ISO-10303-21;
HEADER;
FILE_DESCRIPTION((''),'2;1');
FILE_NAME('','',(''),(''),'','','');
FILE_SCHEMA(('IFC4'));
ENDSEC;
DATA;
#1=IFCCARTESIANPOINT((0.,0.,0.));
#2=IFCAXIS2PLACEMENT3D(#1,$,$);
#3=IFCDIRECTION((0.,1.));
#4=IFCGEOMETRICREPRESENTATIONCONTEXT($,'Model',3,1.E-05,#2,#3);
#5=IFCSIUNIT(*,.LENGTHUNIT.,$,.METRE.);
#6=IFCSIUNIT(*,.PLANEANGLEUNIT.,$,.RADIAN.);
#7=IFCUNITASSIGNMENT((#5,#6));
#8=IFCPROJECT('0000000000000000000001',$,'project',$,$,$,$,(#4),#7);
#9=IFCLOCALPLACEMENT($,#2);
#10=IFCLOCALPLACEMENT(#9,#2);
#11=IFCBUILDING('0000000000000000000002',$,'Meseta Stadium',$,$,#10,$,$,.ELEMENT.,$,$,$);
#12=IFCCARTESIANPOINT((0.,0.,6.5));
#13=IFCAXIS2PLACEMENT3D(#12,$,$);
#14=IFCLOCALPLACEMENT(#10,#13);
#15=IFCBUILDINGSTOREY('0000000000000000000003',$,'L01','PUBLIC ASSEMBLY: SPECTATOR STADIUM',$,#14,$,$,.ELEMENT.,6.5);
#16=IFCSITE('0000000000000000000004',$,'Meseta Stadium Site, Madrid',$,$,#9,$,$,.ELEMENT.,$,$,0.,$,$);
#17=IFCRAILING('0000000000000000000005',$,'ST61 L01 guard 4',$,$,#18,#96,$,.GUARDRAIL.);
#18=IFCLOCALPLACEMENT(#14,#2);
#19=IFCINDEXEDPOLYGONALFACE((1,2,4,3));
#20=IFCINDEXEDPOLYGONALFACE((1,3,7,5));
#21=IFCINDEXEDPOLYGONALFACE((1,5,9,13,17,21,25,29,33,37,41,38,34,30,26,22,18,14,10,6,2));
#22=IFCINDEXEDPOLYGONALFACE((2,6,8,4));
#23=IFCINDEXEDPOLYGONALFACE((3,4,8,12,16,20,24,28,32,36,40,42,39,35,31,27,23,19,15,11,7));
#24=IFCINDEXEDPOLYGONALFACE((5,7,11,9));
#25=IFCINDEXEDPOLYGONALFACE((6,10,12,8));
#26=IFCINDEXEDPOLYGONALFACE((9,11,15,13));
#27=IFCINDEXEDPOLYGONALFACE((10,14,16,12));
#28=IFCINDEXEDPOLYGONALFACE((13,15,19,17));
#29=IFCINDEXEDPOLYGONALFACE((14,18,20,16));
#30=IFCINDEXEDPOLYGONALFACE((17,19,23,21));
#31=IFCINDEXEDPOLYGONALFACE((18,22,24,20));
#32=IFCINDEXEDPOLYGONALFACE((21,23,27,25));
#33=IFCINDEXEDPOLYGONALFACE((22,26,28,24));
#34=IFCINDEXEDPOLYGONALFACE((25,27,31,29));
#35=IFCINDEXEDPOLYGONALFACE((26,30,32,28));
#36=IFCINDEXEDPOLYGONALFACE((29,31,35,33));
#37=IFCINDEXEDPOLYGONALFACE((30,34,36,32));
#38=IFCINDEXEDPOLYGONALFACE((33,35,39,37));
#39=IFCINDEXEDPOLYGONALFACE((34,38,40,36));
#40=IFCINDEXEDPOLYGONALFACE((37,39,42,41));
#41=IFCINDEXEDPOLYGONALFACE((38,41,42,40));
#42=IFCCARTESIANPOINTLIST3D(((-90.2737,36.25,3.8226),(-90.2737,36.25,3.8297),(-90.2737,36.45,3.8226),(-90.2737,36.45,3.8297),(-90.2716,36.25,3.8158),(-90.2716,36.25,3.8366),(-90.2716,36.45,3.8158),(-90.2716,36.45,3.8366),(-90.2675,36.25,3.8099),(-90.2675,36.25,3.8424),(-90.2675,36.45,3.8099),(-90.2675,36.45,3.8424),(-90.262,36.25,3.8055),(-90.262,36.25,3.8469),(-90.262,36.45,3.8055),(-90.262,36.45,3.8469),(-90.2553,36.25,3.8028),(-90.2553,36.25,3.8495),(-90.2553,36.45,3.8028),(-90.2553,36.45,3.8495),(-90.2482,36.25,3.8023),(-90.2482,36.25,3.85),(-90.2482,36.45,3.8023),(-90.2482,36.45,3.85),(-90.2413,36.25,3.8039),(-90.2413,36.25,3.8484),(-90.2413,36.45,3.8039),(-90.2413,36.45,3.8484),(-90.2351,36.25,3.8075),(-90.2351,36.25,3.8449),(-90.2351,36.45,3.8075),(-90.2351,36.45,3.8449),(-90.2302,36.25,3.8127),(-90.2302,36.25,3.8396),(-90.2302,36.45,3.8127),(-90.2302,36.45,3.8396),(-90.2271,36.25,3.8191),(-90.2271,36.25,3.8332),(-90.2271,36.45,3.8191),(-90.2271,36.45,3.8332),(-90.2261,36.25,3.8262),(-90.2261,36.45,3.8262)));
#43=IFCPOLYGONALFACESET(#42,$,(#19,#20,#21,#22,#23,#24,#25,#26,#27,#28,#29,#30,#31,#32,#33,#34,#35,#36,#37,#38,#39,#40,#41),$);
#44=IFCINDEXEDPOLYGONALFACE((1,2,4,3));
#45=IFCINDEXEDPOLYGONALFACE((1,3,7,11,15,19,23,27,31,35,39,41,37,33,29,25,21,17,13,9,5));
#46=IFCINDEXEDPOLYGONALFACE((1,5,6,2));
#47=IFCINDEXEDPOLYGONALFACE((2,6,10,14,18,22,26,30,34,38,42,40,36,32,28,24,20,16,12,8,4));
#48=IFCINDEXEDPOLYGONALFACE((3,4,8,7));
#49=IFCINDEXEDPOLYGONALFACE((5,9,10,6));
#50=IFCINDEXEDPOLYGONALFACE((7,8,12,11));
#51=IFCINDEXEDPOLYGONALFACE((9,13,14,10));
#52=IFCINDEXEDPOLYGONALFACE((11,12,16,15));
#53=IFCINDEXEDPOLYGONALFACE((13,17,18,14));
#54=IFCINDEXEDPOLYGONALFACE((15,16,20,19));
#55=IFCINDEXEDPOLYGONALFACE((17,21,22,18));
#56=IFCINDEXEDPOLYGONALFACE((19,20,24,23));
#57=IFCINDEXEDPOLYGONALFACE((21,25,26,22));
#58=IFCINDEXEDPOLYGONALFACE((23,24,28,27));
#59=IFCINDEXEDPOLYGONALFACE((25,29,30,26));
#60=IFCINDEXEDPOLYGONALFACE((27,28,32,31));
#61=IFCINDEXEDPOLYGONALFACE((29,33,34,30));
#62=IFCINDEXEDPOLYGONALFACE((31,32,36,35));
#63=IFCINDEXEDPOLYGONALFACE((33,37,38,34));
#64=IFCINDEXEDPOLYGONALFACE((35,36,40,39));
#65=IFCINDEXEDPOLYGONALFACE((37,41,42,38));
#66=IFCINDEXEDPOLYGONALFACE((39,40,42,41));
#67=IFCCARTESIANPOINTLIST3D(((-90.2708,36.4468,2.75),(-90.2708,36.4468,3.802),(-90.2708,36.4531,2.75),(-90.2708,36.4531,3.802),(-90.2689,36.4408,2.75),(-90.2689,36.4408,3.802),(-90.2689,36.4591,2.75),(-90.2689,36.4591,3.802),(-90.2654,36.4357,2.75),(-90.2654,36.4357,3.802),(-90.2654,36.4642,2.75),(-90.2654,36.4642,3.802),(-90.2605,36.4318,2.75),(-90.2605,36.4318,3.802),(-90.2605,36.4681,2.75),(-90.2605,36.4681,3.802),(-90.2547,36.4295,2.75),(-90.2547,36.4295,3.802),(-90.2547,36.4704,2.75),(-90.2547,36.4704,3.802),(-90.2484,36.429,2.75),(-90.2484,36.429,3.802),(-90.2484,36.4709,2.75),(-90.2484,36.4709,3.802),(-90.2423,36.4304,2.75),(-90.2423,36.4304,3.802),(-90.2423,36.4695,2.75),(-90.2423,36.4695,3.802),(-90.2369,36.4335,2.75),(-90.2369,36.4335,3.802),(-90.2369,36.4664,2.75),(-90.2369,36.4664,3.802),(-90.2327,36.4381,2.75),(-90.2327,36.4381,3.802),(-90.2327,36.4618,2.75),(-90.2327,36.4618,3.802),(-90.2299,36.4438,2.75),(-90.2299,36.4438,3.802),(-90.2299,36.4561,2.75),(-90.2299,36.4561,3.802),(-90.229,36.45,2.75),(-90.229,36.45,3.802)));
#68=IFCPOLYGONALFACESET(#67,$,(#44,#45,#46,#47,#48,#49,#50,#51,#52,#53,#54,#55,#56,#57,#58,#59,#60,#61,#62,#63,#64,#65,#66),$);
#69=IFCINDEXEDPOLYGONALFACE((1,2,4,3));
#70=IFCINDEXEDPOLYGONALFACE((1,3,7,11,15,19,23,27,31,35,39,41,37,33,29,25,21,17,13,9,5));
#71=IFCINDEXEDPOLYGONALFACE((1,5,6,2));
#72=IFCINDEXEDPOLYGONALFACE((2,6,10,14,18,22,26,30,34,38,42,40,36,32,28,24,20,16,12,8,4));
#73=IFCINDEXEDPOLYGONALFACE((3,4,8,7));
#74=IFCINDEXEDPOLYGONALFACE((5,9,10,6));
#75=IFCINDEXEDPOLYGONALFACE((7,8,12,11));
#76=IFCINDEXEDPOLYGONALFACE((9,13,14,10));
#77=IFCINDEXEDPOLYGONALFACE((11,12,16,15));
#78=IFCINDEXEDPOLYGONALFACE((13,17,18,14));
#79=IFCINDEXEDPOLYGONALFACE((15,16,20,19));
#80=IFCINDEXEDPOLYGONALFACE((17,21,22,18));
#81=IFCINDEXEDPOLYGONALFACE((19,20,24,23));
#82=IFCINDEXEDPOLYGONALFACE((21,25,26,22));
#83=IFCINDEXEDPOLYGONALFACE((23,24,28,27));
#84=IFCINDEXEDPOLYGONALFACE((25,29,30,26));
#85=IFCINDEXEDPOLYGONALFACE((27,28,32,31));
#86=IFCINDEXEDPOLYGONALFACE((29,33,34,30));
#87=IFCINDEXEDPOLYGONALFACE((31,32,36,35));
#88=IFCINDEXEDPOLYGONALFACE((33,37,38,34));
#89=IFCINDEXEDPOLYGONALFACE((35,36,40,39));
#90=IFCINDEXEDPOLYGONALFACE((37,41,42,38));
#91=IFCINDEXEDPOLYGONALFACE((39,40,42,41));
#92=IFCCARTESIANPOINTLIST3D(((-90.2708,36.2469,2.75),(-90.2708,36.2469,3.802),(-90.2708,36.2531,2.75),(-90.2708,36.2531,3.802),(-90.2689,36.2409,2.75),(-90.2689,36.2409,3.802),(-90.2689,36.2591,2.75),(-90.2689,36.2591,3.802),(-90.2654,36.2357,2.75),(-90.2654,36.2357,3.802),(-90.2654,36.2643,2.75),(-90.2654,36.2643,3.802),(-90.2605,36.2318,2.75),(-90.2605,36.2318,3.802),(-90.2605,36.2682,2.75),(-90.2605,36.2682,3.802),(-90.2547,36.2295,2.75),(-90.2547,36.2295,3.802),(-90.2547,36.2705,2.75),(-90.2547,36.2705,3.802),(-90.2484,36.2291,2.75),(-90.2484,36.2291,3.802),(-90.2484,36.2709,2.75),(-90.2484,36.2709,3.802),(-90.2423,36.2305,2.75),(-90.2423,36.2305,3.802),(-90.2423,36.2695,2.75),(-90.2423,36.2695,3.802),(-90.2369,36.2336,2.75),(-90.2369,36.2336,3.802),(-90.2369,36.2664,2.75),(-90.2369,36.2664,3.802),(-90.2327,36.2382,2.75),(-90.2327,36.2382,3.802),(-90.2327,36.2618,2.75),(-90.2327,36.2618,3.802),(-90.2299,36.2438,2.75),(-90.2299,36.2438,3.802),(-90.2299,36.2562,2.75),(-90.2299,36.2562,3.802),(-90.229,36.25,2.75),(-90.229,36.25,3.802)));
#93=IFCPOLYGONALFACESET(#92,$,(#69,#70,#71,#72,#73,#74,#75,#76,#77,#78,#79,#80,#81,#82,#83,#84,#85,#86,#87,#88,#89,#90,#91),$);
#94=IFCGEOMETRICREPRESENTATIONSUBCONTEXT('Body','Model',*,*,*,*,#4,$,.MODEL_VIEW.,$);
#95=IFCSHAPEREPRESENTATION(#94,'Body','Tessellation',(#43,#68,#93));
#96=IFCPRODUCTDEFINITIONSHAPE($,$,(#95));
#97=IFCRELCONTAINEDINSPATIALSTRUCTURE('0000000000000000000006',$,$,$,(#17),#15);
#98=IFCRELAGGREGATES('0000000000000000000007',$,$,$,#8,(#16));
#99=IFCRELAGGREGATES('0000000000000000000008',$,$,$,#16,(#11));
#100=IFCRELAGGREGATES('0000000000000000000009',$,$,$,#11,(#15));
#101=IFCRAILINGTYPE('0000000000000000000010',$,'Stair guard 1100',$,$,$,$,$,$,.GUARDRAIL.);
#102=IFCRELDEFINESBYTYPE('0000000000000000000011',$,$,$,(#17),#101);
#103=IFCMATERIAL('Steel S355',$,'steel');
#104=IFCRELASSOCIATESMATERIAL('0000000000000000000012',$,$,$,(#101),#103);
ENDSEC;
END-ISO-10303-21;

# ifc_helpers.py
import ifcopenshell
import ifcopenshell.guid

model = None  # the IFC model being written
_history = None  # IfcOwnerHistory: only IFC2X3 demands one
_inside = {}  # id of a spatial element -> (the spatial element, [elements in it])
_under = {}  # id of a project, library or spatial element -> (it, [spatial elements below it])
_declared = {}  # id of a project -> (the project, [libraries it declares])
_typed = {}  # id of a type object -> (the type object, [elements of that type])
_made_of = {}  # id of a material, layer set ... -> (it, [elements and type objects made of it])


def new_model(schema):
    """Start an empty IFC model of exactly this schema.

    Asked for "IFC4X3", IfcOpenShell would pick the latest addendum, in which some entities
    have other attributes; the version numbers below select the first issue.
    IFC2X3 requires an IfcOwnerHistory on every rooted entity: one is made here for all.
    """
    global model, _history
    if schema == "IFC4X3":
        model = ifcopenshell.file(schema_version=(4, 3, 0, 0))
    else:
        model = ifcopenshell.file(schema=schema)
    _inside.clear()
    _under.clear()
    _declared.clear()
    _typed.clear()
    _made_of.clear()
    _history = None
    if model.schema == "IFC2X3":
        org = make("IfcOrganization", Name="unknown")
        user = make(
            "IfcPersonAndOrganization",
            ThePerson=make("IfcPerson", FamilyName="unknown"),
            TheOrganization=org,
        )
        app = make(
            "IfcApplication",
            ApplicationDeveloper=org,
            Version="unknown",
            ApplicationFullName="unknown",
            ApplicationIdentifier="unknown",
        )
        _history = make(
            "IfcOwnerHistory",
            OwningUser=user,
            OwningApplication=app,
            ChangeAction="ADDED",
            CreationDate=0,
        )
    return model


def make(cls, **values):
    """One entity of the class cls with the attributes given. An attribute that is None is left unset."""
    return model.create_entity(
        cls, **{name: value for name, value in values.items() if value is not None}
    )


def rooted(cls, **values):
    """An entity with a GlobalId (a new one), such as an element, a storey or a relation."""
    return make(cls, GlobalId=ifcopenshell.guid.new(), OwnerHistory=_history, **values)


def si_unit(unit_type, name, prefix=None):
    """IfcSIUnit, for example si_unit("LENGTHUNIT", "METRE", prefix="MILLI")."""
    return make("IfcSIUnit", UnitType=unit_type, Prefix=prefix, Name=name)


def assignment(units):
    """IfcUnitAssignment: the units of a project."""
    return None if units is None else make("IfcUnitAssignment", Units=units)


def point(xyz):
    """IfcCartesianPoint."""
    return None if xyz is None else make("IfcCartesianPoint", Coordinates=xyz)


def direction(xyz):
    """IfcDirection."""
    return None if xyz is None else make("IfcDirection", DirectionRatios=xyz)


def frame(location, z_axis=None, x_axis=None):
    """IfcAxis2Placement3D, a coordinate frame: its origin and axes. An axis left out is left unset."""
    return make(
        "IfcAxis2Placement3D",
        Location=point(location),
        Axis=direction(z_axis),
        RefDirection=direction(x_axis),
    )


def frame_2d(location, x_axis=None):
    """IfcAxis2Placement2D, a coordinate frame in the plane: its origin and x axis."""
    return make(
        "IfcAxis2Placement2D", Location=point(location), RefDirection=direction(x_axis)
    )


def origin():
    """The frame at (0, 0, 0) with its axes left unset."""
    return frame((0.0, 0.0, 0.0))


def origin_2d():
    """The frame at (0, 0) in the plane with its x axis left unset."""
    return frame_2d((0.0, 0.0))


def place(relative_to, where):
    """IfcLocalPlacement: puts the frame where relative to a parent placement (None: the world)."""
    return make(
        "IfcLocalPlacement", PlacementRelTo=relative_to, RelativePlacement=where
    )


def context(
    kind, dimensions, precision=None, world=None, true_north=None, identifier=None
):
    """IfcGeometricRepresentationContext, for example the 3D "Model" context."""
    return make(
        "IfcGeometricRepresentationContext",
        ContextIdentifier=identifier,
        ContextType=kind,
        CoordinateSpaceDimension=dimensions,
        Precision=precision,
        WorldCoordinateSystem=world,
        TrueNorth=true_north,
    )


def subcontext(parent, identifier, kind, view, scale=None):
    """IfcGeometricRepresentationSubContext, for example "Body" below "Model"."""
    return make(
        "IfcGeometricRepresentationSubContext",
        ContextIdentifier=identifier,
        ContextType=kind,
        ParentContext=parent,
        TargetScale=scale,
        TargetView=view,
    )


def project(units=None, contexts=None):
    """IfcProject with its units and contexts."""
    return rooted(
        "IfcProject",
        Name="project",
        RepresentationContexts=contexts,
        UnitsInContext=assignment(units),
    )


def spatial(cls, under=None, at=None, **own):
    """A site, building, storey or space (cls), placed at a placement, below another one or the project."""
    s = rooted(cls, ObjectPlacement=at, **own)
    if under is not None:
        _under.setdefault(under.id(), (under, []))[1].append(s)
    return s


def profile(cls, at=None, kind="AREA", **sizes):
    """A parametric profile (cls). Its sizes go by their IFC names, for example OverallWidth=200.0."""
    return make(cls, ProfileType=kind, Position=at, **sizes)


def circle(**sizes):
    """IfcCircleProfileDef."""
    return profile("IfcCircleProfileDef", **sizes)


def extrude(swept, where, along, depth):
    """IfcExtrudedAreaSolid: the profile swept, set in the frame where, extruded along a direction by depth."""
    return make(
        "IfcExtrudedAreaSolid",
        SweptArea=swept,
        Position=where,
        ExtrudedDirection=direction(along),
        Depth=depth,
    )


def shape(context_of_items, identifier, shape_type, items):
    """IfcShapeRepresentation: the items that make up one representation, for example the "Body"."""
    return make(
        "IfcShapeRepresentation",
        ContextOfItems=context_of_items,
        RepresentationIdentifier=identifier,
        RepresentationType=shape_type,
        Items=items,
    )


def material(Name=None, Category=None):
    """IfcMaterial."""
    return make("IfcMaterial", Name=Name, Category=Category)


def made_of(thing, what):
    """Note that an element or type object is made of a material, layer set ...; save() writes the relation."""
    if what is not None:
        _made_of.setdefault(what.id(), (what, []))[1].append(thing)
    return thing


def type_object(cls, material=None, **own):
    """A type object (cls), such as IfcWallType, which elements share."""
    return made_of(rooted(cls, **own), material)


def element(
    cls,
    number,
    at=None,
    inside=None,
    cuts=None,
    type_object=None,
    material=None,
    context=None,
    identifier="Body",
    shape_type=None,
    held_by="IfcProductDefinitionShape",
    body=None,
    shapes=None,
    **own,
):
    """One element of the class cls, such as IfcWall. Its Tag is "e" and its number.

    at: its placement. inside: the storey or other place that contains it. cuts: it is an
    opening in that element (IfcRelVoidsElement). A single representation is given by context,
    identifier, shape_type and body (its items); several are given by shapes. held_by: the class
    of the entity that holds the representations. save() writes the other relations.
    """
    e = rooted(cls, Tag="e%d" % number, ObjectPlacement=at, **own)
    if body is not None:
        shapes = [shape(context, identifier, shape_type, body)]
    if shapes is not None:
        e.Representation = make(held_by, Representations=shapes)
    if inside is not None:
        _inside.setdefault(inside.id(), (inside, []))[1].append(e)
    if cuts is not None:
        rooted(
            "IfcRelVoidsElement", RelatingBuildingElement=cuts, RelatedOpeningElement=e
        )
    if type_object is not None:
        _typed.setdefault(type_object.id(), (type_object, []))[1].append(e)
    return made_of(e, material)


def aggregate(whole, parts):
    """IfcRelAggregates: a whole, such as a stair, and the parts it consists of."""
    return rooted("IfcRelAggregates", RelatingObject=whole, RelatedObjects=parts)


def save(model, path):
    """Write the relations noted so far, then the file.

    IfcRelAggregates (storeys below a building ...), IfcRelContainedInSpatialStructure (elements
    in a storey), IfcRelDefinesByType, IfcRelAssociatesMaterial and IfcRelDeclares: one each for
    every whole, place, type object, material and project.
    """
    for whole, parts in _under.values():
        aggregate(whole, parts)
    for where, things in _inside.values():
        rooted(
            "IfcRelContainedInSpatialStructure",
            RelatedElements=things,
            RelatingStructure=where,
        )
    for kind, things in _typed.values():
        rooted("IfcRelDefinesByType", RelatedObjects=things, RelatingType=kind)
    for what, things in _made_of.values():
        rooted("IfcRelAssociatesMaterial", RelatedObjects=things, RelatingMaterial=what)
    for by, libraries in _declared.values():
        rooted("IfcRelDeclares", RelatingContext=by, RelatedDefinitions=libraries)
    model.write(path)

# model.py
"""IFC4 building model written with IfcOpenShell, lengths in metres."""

from ifc_helpers import new_model, si_unit, direction, frame, origin, origin_2d, place, context, subcontext, project, spatial, circle, extrude, material, type_object, element, save


model = new_model("IFC4")

# Units and contexts
model_context = context("Model", 3, precision=1e-05, world=origin(), true_north=direction((0.0, 1.0)))
body_context = subcontext(model_context, "Body", "Model", "MODEL_VIEW")
ifc_project = project(units=[si_unit("LENGTHUNIT", "METRE"), si_unit("PLANEANGLEUNIT", "RADIAN")], contexts=[model_context])

# Site, building, storey
site_placement = place(None, origin())
site = spatial("IfcSite", under=ifc_project, at=site_placement, Name="Meseta Stadium Site, Madrid", CompositionType="ELEMENT", RefElevation=0.0)
building_placement = place(site_placement, origin())
building = spatial("IfcBuilding", under=site, at=building_placement, Name="Meseta Stadium", CompositionType="ELEMENT")
storey_placement = place(building_placement, frame((0.0, 0.0, 6.5)))
storey = spatial("IfcBuildingStorey", under=building, at=storey_placement, Name="L01", Description="PUBLIC ASSEMBLY: SPECTATOR STADIUM", CompositionType="ELEMENT", Elevation=6.5)

# Railing
ifc_material_1 = material(Name="Steel S355", Category="steel")
railing_type_1 = type_object("IfcRailingType", Name="Stair guard 1100", PredefinedType="GUARDRAIL", material=ifc_material_1)
railing_1_placement = place(storey_placement, frame((-90.25, 36.45, 2.75)))
element("IfcRailing", 1, at=railing_1_placement, inside=storey, type_object=railing_type_1, Name="ST61 L01 guard 4", PredefinedType="GUARDRAIL", context=body_context, shape_type="SweptSolid", body=[
    extrude(circle(Radius=0.0239, at=origin_2d()), frame((0.0, 0.0, 1.0762), z_axis=(0.0, -1.0, 0.0), x_axis=(1.0, 0.0, 0.0)), (0.0, 0.0, 1.0), 0.2),
    extrude(circle(Radius=0.021, at=origin_2d()), origin(), (0.0, 0.0, 1.0), 1.052),
    extrude(circle(Radius=0.021, at=origin_2d()), frame((0.0, -0.2, 0.0)), (0.0, 0.0, 1.0), 1.052),
])

save(model, "model.ifc")
